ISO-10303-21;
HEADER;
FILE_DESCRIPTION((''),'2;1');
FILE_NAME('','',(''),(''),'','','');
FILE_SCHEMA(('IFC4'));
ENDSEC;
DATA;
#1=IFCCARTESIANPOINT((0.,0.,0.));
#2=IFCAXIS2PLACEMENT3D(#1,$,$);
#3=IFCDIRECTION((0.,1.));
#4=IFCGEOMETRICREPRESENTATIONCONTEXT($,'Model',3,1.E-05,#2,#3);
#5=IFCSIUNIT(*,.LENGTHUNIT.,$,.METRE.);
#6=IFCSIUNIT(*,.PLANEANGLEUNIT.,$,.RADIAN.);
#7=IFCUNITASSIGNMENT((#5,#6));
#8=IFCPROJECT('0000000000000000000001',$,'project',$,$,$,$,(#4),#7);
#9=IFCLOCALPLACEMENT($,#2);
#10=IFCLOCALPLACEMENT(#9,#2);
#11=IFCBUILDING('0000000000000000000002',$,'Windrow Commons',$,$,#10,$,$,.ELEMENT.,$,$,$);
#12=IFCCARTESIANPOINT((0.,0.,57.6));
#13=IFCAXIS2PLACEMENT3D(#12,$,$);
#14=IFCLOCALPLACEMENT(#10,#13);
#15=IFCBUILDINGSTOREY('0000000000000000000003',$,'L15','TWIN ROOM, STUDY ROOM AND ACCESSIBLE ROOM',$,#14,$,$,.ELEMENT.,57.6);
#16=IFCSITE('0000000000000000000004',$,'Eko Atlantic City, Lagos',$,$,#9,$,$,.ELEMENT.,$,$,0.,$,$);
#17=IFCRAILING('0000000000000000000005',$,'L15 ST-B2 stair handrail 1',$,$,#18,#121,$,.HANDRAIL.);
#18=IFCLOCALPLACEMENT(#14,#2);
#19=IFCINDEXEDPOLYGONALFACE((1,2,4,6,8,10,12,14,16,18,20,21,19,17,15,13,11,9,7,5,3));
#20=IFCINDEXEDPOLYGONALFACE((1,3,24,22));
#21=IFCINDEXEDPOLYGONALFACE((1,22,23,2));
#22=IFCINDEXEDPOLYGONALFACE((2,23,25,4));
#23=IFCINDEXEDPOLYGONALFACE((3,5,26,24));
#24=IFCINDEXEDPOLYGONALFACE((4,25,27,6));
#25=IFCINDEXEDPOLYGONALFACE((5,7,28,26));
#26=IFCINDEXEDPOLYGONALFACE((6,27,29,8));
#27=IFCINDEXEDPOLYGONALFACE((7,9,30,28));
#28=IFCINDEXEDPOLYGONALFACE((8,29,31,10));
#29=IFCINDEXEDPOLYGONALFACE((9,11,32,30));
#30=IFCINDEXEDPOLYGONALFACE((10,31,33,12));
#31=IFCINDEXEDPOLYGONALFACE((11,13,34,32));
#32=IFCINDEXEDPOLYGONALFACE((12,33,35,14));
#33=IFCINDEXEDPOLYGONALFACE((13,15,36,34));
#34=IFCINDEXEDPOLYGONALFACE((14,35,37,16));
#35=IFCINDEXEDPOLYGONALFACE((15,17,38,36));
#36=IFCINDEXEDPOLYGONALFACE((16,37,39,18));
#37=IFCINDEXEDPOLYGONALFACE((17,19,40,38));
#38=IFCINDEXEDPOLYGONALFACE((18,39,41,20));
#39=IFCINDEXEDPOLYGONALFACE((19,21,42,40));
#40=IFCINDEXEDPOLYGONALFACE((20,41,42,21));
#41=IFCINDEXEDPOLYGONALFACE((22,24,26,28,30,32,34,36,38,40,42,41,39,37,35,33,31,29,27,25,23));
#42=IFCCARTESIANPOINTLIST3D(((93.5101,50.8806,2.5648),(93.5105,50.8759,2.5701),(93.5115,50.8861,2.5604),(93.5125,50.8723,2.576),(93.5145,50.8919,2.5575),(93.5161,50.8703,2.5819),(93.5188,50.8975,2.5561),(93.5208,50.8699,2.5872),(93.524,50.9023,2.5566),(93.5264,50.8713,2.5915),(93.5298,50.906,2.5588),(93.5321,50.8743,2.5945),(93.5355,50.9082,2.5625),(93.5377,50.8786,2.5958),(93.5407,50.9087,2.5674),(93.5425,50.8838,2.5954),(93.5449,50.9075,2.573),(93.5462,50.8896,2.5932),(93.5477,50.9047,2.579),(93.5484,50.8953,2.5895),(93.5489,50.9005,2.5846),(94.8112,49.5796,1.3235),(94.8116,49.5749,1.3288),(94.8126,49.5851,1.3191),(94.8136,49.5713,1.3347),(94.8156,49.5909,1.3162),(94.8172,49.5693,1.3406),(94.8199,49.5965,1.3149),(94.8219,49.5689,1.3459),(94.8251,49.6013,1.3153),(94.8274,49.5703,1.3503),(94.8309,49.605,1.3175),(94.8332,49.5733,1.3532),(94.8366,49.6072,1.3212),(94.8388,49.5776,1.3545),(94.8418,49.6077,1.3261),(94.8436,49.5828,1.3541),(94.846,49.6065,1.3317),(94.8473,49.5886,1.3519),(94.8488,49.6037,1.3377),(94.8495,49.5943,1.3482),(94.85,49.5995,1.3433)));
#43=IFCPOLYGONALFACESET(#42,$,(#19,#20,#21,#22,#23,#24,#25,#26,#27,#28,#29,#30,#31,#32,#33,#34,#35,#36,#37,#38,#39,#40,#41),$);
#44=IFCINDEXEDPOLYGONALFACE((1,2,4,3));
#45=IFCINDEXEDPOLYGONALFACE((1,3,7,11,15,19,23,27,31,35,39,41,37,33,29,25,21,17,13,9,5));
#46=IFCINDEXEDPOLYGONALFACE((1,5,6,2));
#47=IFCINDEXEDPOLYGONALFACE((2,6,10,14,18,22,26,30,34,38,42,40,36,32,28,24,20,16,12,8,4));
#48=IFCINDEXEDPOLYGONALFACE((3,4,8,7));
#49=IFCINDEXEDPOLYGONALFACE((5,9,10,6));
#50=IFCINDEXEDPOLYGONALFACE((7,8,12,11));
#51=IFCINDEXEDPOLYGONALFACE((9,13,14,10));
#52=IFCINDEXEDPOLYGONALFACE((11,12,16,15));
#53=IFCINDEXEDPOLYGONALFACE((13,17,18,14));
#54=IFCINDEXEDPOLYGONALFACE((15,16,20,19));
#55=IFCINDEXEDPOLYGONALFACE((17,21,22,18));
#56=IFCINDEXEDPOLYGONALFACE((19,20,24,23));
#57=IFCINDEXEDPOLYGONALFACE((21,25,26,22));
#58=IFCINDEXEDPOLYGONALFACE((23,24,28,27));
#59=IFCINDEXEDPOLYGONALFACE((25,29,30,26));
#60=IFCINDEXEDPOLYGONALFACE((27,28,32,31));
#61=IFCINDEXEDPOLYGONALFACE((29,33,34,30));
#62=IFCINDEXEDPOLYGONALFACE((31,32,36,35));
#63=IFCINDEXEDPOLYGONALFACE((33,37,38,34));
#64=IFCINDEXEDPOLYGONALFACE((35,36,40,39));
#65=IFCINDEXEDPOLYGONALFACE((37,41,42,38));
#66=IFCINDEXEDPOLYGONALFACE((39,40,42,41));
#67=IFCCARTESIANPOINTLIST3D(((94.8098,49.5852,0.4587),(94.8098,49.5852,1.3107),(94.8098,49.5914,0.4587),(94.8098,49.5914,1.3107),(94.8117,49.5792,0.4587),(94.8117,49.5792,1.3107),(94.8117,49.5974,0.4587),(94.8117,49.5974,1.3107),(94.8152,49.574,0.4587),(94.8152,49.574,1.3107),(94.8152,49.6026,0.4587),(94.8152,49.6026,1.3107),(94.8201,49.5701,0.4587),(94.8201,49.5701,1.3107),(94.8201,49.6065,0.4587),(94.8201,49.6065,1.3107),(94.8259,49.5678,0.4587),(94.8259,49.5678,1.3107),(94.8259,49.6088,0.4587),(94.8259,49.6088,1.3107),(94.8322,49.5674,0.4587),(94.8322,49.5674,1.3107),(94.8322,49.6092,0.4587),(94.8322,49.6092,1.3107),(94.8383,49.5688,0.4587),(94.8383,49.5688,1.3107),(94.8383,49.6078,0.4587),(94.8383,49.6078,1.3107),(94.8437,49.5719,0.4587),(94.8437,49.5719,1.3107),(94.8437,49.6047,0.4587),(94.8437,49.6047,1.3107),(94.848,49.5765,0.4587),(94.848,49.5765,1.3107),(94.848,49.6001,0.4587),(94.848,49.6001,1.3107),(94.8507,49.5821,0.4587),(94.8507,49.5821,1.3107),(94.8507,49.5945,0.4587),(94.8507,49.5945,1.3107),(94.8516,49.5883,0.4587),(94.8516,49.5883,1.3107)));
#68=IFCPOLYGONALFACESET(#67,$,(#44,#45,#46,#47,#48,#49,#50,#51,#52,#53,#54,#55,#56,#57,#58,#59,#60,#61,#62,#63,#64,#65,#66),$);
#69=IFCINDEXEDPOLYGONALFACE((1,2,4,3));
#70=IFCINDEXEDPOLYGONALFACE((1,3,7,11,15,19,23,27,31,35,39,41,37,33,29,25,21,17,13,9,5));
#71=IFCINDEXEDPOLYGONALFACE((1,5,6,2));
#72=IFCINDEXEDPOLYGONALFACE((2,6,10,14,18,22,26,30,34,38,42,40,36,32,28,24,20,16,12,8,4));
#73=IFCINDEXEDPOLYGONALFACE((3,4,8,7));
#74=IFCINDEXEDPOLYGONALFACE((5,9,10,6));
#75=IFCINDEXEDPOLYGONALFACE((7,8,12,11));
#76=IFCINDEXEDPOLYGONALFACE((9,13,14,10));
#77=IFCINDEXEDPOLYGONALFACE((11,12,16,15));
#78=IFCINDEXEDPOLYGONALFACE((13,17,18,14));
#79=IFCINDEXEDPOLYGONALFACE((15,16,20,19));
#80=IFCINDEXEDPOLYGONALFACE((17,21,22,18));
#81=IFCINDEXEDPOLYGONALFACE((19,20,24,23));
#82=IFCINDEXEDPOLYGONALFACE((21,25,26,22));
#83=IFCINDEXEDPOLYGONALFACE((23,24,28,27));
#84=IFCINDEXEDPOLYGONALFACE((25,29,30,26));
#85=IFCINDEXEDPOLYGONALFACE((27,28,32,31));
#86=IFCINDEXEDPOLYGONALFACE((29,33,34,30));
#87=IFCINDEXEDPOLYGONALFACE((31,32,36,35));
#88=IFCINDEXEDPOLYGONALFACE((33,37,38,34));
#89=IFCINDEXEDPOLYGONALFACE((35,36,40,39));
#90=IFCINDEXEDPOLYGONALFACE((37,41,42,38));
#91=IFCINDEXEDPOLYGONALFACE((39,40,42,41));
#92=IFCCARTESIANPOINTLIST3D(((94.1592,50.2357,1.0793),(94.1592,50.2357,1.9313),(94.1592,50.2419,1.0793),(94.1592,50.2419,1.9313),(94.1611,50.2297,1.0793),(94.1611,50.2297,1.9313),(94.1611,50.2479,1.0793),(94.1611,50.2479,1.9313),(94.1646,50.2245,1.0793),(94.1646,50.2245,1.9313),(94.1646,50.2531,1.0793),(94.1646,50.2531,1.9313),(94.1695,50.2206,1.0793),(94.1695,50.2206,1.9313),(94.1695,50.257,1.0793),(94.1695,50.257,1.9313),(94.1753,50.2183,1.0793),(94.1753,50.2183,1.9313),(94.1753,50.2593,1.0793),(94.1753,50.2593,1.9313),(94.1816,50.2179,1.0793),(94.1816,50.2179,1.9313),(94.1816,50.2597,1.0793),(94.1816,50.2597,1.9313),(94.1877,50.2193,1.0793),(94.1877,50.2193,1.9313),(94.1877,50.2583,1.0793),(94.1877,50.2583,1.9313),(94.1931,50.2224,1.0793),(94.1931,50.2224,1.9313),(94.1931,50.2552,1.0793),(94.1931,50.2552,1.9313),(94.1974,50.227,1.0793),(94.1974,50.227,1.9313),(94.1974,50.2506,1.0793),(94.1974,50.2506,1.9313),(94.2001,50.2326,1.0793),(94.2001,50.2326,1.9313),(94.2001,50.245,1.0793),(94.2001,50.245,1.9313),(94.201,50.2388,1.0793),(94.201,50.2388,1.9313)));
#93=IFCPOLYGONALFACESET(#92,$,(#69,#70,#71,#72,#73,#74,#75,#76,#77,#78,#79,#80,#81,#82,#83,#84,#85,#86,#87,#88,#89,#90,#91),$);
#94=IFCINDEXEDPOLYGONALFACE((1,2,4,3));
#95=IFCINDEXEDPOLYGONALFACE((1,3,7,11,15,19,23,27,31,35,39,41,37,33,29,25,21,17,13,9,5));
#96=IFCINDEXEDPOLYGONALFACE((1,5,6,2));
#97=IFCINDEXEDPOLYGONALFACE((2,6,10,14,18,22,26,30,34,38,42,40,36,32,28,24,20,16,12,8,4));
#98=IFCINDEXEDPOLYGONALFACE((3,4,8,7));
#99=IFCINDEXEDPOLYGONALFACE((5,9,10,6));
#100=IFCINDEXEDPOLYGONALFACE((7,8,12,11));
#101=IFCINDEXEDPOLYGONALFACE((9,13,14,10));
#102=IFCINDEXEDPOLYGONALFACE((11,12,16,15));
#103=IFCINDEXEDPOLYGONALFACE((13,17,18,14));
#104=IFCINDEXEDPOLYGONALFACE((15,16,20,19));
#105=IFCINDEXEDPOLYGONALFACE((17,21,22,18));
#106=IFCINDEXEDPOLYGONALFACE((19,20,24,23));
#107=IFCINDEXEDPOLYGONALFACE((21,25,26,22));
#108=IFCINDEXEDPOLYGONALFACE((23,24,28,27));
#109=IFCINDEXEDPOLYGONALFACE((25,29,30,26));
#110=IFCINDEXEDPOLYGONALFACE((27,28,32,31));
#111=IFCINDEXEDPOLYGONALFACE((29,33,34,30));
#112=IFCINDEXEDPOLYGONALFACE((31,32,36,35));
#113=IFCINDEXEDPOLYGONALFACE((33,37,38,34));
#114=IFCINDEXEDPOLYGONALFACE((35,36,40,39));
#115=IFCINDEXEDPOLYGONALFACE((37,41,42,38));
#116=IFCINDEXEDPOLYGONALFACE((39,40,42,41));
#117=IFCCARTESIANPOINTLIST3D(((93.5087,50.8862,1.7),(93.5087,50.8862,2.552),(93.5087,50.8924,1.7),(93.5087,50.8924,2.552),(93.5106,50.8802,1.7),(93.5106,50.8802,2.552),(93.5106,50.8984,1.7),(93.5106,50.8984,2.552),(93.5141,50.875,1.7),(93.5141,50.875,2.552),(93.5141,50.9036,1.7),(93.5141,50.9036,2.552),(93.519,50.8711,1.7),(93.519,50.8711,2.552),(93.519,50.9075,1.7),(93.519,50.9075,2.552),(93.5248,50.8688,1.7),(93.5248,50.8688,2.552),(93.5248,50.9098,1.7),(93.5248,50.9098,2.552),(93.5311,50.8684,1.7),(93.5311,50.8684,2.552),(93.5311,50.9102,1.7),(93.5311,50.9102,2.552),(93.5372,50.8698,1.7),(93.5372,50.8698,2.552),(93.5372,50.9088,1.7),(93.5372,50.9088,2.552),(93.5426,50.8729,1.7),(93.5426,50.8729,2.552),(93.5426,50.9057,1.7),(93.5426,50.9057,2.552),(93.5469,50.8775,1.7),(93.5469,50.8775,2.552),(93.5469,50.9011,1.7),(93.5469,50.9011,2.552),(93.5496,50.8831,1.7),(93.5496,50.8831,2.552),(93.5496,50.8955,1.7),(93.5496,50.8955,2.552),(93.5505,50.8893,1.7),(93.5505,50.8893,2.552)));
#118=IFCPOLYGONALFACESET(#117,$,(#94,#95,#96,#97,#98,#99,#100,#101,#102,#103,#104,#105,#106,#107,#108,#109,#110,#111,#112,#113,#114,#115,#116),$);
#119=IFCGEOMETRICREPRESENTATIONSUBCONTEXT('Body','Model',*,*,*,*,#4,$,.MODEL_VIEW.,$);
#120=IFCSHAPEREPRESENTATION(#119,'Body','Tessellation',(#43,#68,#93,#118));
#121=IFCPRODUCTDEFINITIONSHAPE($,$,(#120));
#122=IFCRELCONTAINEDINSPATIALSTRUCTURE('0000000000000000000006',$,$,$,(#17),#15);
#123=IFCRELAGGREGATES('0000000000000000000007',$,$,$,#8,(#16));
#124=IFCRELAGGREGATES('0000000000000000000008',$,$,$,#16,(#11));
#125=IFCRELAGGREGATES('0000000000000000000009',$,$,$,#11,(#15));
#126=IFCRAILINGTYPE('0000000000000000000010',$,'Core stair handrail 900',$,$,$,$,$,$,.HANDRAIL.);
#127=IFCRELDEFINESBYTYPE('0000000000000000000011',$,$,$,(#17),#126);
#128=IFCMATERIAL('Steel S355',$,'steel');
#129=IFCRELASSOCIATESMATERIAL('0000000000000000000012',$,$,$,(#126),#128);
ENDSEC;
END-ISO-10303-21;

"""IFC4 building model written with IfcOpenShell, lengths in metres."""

from ifc_helpers import new_model, si_unit, direction, frame, origin, origin_2d, place, context, subcontext, project, spatial, circle, extrude, material, type_object, element, save


model = new_model("IFC4")

# Units and contexts
model_context = context("Model", 3, precision=1e-05, world=origin(), true_north=direction((0.0, 1.0)))
body_context = subcontext(model_context, "Body", "Model", "MODEL_VIEW")
ifc_project = project(units=[si_unit("LENGTHUNIT", "METRE"), si_unit("PLANEANGLEUNIT", "RADIAN")], contexts=[model_context])

# Site, building, storey
site_placement = place(None, origin())
site = spatial("IfcSite", under=ifc_project, at=site_placement, Name="Eko Atlantic City, Lagos", CompositionType="ELEMENT", RefElevation=0.0)
building_placement = place(site_placement, origin())
building = spatial("IfcBuilding", under=site, at=building_placement, Name="Windrow Commons", CompositionType="ELEMENT")
storey_placement = place(building_placement, frame((0.0, 0.0, 57.6)))
storey = spatial("IfcBuildingStorey", under=building, at=storey_placement, Name="L15", Description="TWIN ROOM, STUDY ROOM AND ACCESSIBLE ROOM", CompositionType="ELEMENT", Elevation=57.6)

# Railing
ifc_material_1 = material(Name="Steel S355", Category="steel")
railing_type = type_object("IfcRailingType", Name="Core stair handrail 900", PredefinedType="HANDRAIL", material=ifc_material_1)
railing_placement = place(storey_placement, frame((94.8306, 49.5883, 0.4587)))
element("IfcRailing", 1, at=railing_placement, inside=storey, type_object=railing_type, Name="L15 ST-B2 stair handrail 1", PredefinedType="HANDRAIL", context=body_context, shape_type="SweptSolid", body=[
    extrude(circle(Radius=0.024, at=origin_2d()), frame((0.0, 0.0, 0.876), z_axis=(-0.586207, 0.586162, 0.559264), x_axis=(-0.70708, -0.707134, 0.0)), (0.0, 0.0, 1.0), 2.2195),
    extrude(circle(Radius=0.021, at=origin_2d()), origin(), (0.0, 0.0, 1.0), 0.852),
    extrude(circle(Radius=0.021, at=origin_2d()), frame((-0.6506, 0.6505, 0.6206)), (0.0, 0.0, 1.0), 0.852),
    extrude(circle(Radius=0.021, at=origin_2d()), frame((-1.3011, 1.301, 1.2413)), (0.0, 0.0, 1.0), 0.852),
])

save(model, "model.ifc")
